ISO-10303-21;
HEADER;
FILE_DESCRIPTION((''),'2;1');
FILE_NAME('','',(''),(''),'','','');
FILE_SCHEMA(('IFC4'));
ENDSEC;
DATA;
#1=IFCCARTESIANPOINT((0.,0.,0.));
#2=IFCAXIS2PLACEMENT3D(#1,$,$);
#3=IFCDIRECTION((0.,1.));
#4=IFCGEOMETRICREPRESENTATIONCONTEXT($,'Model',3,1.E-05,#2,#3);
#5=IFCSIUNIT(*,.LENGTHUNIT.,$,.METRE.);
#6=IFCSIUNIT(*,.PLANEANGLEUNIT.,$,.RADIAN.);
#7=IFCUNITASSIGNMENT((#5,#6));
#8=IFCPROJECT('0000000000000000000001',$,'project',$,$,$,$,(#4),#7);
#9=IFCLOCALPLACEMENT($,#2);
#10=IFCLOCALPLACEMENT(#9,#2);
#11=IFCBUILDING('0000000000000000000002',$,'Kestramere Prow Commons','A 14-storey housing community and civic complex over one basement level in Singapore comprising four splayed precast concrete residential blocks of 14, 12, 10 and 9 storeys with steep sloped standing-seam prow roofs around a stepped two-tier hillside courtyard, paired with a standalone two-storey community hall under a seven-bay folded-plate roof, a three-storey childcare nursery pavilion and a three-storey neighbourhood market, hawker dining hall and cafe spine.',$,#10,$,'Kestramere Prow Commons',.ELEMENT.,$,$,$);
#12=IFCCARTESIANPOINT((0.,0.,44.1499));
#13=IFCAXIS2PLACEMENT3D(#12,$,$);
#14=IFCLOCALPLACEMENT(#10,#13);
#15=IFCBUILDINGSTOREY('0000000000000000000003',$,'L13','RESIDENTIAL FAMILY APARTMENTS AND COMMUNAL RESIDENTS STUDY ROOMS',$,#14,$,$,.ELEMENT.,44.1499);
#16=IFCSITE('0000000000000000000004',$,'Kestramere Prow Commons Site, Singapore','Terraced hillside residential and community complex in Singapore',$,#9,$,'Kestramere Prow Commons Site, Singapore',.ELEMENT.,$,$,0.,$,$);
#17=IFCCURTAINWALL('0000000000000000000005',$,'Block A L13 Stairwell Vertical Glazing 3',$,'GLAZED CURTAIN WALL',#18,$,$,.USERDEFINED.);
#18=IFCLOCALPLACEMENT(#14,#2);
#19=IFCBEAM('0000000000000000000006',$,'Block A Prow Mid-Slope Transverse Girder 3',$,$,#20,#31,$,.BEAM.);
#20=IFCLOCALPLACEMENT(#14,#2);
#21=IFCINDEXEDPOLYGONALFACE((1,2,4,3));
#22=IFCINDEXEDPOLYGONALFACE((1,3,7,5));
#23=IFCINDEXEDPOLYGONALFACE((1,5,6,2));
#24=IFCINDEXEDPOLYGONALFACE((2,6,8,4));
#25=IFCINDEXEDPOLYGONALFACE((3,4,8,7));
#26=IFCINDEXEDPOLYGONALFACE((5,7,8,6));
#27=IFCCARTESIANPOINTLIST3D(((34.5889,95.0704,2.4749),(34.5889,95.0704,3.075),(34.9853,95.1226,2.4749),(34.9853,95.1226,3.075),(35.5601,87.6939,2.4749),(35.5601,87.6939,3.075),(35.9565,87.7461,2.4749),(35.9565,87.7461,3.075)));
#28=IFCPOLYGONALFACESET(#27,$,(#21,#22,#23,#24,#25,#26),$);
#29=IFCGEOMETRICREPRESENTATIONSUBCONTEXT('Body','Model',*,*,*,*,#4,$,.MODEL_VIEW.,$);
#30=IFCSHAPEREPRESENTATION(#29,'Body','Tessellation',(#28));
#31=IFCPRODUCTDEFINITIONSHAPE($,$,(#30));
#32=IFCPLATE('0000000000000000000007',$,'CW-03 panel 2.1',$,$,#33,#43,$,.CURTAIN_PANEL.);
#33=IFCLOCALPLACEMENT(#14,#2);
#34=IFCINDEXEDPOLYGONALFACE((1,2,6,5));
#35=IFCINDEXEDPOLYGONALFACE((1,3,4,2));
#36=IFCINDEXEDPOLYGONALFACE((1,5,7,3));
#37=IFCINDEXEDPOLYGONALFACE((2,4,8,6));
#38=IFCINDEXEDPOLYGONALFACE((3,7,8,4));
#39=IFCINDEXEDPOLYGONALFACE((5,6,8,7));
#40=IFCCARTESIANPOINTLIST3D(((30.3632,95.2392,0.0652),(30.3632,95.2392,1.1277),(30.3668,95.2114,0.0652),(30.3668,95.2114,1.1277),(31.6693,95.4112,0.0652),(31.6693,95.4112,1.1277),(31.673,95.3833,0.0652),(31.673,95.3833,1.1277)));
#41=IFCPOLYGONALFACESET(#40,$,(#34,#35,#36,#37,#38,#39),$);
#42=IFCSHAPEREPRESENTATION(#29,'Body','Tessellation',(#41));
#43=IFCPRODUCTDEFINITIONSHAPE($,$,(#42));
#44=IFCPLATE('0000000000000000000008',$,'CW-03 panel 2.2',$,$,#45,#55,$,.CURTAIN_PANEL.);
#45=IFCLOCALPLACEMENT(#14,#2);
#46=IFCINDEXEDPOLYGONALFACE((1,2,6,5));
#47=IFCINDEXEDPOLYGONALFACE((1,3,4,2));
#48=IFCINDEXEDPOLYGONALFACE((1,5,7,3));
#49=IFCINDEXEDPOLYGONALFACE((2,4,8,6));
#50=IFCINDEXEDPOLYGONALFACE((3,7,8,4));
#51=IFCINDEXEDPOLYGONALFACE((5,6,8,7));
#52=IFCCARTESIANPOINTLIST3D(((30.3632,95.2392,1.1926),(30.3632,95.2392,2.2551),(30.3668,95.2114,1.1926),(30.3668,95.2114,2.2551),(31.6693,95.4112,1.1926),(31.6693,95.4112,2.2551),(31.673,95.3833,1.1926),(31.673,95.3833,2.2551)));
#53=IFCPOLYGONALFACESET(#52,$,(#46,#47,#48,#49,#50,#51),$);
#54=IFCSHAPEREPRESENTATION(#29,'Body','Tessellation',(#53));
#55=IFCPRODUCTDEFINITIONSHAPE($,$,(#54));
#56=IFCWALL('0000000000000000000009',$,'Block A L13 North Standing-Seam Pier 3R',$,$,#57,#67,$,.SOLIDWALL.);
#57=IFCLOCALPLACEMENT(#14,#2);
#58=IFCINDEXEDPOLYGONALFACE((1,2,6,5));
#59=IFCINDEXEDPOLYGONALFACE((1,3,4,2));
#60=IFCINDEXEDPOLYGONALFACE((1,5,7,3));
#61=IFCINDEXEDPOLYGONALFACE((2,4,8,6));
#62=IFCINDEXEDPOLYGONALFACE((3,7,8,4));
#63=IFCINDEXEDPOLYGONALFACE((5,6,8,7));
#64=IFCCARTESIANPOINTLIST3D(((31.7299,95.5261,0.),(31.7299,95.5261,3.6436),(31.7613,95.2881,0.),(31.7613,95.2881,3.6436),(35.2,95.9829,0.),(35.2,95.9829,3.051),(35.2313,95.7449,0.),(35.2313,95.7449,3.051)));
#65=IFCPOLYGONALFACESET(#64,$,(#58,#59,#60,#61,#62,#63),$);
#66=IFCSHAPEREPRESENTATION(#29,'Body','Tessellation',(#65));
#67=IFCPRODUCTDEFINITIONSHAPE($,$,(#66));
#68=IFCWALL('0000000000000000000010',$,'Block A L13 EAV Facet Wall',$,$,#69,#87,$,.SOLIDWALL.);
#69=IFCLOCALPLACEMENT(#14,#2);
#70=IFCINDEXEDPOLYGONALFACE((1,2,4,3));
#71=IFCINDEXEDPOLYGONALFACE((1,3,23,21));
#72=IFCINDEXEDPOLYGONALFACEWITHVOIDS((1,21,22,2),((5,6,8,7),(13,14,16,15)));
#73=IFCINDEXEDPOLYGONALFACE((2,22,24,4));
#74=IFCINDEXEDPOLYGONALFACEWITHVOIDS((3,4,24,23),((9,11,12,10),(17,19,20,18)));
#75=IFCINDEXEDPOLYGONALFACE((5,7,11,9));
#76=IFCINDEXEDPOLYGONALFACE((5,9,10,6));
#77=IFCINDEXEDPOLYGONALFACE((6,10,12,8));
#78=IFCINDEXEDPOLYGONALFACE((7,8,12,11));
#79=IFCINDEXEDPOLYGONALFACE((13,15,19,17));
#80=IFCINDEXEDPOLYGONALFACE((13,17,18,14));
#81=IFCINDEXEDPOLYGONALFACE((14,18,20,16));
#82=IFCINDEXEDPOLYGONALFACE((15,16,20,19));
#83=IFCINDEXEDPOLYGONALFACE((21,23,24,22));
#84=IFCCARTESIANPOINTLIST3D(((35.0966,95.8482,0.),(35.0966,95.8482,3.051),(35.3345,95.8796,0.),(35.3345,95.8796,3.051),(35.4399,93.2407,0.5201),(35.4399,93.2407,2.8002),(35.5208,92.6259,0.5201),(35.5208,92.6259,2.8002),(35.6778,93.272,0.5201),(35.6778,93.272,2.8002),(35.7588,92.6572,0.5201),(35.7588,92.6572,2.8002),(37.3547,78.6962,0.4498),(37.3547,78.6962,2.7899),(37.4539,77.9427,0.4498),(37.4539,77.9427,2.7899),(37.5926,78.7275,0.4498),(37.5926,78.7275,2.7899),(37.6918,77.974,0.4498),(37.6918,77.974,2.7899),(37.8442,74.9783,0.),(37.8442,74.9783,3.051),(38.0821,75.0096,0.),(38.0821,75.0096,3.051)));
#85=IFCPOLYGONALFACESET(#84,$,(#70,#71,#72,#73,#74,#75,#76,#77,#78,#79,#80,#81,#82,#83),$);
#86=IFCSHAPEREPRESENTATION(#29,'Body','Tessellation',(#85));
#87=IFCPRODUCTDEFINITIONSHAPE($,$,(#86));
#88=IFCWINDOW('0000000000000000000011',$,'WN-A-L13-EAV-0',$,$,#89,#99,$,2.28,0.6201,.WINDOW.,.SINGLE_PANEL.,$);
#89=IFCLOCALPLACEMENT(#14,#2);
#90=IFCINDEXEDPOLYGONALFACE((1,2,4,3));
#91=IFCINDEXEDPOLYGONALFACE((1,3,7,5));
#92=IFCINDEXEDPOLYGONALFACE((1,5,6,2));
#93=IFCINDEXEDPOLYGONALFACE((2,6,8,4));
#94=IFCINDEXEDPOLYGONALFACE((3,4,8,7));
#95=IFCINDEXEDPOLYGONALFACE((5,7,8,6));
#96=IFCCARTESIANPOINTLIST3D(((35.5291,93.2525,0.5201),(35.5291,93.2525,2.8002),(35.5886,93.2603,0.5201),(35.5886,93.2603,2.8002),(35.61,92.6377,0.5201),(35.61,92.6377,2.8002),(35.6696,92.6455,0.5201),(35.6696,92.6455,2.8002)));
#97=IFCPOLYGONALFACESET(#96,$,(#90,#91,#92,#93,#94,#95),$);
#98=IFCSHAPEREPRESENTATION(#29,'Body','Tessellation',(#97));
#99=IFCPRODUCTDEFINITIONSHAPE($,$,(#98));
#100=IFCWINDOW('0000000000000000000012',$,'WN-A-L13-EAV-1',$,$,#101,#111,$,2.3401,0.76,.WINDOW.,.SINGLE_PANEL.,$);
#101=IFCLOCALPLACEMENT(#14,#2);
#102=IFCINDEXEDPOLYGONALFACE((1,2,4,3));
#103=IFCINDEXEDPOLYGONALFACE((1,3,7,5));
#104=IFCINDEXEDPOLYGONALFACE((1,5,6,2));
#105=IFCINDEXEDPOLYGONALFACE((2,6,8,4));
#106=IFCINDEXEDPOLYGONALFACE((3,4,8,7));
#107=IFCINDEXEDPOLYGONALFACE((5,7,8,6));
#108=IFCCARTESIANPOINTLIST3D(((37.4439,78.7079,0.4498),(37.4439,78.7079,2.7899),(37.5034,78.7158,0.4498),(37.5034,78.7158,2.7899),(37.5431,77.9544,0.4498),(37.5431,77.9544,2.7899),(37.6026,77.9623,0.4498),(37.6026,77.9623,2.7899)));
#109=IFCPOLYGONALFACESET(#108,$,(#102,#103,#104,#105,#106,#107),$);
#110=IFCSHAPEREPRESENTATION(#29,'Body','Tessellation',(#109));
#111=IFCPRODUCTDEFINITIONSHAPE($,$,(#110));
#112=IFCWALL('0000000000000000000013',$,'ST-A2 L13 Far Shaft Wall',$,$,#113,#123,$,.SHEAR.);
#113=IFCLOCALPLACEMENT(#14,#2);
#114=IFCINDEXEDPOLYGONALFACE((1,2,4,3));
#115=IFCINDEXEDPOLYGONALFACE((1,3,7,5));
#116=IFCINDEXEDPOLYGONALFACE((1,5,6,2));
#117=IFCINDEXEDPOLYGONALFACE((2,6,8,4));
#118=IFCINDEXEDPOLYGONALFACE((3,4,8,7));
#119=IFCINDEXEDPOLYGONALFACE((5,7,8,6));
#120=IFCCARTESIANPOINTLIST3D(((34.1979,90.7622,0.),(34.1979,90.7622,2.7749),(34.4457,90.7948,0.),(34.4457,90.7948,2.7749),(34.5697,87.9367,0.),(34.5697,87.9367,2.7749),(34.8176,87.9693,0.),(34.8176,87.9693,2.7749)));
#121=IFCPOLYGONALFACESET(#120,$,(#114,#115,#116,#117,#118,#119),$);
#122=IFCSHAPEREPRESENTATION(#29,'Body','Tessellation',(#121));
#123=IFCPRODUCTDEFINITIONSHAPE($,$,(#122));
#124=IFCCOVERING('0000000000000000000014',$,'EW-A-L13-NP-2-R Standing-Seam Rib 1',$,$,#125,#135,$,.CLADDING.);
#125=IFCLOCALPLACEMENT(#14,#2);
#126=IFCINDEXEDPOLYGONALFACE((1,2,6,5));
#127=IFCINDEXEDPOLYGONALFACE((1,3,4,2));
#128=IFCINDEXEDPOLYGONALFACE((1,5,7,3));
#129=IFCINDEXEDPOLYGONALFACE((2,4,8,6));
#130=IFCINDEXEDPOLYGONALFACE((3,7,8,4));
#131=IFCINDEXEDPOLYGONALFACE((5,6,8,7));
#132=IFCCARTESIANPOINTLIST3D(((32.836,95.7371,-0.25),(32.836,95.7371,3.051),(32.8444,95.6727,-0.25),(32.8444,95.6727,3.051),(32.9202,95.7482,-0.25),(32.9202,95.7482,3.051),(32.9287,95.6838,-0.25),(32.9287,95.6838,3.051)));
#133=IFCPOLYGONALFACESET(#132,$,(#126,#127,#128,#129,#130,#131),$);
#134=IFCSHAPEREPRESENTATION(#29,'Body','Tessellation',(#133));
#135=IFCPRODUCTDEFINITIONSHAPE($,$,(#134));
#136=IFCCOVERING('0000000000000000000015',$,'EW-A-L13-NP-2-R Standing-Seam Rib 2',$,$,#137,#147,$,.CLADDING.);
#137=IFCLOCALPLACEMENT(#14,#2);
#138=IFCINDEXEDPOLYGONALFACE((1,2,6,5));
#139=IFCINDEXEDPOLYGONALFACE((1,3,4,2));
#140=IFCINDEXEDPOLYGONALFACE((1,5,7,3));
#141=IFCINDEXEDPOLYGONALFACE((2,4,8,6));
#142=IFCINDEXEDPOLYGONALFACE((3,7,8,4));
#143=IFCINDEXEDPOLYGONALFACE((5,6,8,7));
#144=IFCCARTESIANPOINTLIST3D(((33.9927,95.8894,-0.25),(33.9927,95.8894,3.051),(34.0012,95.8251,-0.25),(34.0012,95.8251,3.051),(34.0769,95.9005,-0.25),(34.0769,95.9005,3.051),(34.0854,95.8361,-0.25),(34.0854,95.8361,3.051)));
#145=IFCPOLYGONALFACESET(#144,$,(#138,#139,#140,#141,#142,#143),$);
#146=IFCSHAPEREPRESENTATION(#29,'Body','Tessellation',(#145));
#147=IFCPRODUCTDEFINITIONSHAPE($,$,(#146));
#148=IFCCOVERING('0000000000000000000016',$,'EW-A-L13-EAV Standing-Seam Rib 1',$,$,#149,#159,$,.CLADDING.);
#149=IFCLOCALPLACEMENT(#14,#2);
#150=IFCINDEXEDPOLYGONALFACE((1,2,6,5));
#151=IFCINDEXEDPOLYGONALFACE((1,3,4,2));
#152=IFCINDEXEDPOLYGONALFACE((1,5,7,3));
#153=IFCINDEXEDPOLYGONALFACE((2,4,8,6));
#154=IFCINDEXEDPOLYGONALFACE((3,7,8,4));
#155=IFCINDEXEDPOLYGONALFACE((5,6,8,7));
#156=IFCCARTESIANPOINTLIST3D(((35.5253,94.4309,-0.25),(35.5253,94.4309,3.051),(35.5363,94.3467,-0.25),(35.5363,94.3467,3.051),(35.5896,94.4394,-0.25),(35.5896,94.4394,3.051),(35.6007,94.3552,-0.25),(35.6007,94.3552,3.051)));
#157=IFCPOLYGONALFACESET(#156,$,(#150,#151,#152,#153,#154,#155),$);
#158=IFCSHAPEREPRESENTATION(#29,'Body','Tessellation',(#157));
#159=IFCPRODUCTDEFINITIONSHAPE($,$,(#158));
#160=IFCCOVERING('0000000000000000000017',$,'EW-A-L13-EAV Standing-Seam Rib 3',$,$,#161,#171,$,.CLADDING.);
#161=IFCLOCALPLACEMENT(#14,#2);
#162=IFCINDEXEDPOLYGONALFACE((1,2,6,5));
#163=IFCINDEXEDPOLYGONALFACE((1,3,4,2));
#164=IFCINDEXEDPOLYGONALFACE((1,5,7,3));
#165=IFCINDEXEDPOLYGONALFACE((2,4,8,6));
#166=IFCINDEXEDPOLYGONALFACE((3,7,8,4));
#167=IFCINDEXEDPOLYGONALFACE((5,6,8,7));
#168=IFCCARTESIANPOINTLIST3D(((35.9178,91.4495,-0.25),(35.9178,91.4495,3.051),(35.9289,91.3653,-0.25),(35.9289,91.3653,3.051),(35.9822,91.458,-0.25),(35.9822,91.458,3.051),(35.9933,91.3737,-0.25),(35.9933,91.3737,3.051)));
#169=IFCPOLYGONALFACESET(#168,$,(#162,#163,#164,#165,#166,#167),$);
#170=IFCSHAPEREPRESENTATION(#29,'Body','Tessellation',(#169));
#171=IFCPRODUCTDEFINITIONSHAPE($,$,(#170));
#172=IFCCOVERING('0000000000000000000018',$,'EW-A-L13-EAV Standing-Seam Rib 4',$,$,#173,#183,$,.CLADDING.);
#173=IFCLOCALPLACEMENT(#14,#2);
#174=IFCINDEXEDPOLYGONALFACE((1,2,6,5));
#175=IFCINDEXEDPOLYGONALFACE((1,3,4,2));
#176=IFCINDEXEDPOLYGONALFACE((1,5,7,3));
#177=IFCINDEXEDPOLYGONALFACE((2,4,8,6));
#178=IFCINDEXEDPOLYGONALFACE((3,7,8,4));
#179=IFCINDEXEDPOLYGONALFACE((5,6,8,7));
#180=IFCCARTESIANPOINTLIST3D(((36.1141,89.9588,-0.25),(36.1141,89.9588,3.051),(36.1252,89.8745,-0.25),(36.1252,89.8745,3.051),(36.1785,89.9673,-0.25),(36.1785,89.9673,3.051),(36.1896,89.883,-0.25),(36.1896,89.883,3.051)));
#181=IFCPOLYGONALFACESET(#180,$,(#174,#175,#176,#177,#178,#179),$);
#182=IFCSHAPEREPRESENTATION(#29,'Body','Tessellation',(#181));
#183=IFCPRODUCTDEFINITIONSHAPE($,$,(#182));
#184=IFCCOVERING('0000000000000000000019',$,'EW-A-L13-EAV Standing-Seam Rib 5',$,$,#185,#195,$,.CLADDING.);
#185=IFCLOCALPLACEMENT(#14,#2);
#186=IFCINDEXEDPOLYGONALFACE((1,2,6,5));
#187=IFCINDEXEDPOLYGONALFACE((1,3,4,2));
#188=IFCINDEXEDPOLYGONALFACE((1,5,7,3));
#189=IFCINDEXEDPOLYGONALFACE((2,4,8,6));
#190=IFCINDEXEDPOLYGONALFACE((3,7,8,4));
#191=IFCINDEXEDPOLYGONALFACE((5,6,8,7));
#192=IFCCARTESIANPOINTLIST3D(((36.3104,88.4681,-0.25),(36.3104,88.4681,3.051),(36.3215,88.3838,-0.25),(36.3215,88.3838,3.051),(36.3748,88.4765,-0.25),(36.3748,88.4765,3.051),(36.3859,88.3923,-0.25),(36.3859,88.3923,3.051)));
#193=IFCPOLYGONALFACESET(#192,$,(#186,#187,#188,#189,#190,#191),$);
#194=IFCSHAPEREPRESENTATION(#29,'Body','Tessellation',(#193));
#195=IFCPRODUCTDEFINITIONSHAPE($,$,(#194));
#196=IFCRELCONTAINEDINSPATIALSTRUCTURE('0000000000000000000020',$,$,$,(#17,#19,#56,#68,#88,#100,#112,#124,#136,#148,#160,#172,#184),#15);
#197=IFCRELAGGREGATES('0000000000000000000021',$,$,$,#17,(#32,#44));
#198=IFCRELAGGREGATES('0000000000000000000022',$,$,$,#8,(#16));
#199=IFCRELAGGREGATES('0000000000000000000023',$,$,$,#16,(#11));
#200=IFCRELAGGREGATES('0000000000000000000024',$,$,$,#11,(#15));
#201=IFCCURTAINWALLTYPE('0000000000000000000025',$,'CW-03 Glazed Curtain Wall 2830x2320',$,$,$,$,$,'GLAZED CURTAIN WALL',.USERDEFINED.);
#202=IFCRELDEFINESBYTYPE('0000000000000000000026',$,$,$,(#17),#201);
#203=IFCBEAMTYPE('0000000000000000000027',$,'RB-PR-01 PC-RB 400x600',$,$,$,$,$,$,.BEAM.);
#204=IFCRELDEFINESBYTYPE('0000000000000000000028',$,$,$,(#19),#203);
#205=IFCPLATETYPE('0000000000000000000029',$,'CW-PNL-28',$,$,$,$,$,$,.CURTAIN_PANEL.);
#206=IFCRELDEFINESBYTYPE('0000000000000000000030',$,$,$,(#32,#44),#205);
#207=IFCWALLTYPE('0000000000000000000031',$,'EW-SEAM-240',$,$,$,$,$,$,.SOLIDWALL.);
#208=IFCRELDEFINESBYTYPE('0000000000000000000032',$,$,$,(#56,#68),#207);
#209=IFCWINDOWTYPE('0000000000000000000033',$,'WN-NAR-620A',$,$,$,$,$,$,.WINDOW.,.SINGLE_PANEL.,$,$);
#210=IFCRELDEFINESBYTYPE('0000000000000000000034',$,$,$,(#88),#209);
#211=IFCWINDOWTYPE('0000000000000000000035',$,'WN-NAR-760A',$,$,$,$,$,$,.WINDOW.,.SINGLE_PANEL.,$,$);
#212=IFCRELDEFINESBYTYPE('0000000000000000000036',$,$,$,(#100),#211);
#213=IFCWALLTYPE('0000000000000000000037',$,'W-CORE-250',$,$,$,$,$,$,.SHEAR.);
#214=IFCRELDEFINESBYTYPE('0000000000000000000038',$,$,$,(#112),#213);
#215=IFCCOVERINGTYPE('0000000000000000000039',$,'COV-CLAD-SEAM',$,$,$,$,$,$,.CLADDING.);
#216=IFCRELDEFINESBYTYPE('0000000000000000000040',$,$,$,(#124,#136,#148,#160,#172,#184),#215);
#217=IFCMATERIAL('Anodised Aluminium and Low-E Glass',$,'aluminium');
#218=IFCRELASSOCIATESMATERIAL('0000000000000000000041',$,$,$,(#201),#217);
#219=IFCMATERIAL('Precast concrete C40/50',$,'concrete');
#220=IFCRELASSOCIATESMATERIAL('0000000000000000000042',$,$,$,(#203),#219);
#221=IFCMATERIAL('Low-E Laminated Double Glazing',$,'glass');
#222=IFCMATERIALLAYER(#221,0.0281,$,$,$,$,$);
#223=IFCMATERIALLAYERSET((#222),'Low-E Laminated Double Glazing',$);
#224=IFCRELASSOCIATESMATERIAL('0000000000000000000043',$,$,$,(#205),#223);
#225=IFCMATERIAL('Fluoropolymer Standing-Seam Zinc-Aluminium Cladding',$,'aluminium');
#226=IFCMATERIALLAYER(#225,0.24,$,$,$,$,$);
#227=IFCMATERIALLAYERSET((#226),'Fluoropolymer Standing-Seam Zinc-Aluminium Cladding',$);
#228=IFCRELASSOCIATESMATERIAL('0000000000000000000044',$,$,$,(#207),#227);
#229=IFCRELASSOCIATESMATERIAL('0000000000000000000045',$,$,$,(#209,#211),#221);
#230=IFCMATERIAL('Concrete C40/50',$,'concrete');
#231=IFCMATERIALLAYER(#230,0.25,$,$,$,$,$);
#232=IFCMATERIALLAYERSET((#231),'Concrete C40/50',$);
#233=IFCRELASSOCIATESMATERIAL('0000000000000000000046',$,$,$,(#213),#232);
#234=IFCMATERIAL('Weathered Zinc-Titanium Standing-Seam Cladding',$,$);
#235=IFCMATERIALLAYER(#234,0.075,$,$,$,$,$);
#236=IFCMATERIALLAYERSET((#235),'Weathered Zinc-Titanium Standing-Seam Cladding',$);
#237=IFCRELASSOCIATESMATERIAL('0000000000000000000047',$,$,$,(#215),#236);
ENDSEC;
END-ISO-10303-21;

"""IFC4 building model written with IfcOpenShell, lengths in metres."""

from ifc_helpers import new_model, si_unit, direction, frame, frame_2d, origin, origin_2d, place, context, subcontext, project, spatial, polyline, rectangle, outline, extrude, material, layer, layer_set, material_profile, profile_set, type_object, element, fill, aggregate, save


model = new_model("IFC4")

# Units and contexts
model_context = context("Model", 3, precision=1e-05, world=origin(), true_north=direction((0.0, 1.0)))
body_context = subcontext(model_context, "Body", "Model", "MODEL_VIEW")
ifc_project = project(units=[si_unit("LENGTHUNIT", "METRE"), si_unit("PLANEANGLEUNIT", "RADIAN")], contexts=[model_context])

# Site, building, storey
site_placement = place(None, origin())
site = spatial("IfcSite", under=ifc_project, at=site_placement, Name="Kestramere Prow Commons Site, Singapore", Description="Terraced hillside residential and community complex in Singapore", LongName="Kestramere Prow Commons Site, Singapore", CompositionType="ELEMENT", RefElevation=0.0)
building_placement = place(site_placement, origin())
building = spatial("IfcBuilding", under=site, at=building_placement, Name="Kestramere Prow Commons", Description="A 14-storey housing community and civic complex over one basement level in Singapore comprising four splayed precast concrete residential blocks of 14, 12, 10 and 9 storeys with steep sloped standing-seam prow roofs around a stepped two-tier hillside courtyard, paired with a standalone two-storey community hall under a seven-bay folded-plate roof, a three-storey childcare nursery pavilion and a three-storey neighbourhood market, hawker dining hall and cafe spine.", LongName="Kestramere Prow Commons", CompositionType="ELEMENT")
storey_placement = place(building_placement, frame((0.0, 0.0, 44.1499)))
storey = spatial("IfcBuildingStorey", under=building, at=storey_placement, Name="L13", Description="RESIDENTIAL FAMILY APARTMENTS AND COMMUNAL RESIDENTS STUDY ROOMS", CompositionType="ELEMENT", Elevation=44.1499)

# Shared definitions
ifc_material_1 = material(Name="Precast concrete C40/50", Category="concrete")

# Curtain wall
ifc_material_2 = material(Name="Anodised Aluminium and Low-E Glass", Category="aluminium")
curtain_wall_type = type_object("IfcCurtainWallType", Name="CW-03 Glazed Curtain Wall 2830x2320", ElementType="GLAZED CURTAIN WALL", PredefinedType="USERDEFINED", material=ifc_material_2)
curtain_wall_placement = place(storey_placement, origin())
curtain_wall = element("IfcCurtainWall", 1, at=curtain_wall_placement, inside=storey, type_object=curtain_wall_type, Name="Block A L13 Stairwell Vertical Glazing 3", ObjectType="GLAZED CURTAIN WALL", PredefinedType="USERDEFINED")

# Beam
ifc_material_profile_1 = material_profile(ifc_material_1, rectangle(XDim=0.3999, YDim=0.6001, at=origin_2d()), Name="PC-RB 400x600")
ifc_profile_set_1 = profile_set([ifc_material_profile_1], Name="Precast concrete C40/50")
beam_type = type_object("IfcBeamType", Name="RB-PR-01 PC-RB 400x600", PredefinedType="BEAM", material=ifc_profile_set_1)
beam_placement = place(storey_placement, frame((35.7583, 87.72, 2.7749), z_axis=(-0.130534, 0.991444, 0.0), x_axis=(-0.991444, -0.130534, 0.0)))
element("IfcBeam", 2, at=beam_placement, inside=storey, type_object=beam_type, Name="Block A Prow Mid-Slope Transverse Girder 3", PredefinedType="BEAM", context=body_context, shape_type="SweptSolid", body=[
    extrude(rectangle(XDim=0.3999, YDim=0.6001, at=origin_2d()), origin(), (0.0, 0.0, 1.0), 7.4402),
])

# Plates
ifc_material_3 = material(Name="Low-E Laminated Double Glazing", Category="glass")
ifc_layer_1 = layer(ifc_material_3, 0.0281)
ifc_layer_set_1 = layer_set([ifc_layer_1], Name="Low-E Laminated Double Glazing")
plate_type = type_object("IfcPlateType", Name="CW-PNL-28", PredefinedType="CURTAIN_PANEL", material=ifc_layer_set_1)
plate_1_placement = place(storey_placement, frame((31.0181, 95.3113, 0.0652), z_axis=(0.0, 0.0, 1.0), x_axis=(0.991445, 0.130526, 0.0)))
plate_1 = element("IfcPlate", 3, at=plate_1_placement, type_object=plate_type, Name="CW-03 panel 2.1", PredefinedType="CURTAIN_PANEL", context=body_context, shape_type="SweptSolid", body=[
    extrude(rectangle(XDim=1.3174, YDim=0.0281, at=origin_2d()), origin(), (0.0, 0.0, 1.0), 1.0625),
])
plate_2_placement = place(storey_placement, frame((31.0181, 95.3113, 1.1926), z_axis=(0.0, 0.0, 1.0), x_axis=(0.991445, 0.130526, 0.0)))
plate_2 = element("IfcPlate", 4, at=plate_2_placement, type_object=plate_type, Name="CW-03 panel 2.2", PredefinedType="CURTAIN_PANEL", context=body_context, shape_type="SweptSolid", body=[
    extrude(rectangle(XDim=1.3174, YDim=0.0281, at=origin_2d()), origin(), (0.0, 0.0, 1.0), 1.0625),
])
aggregate(curtain_wall, [plate_1, plate_2])

# Wall
ifc_material_4 = material(Name="Fluoropolymer Standing-Seam Zinc-Aluminium Cladding", Category="aluminium")
ifc_layer_2 = layer(ifc_material_4, 0.24)
ifc_layer_set_2 = layer_set([ifc_layer_2], Name="Fluoropolymer Standing-Seam Zinc-Aluminium Cladding")
wall_type_1 = type_object("IfcWallType", Name="EW-SEAM-240", PredefinedType="SOLIDWALL", material=ifc_layer_set_2)
wall_1_placement = place(storey_placement, frame((31.7456, 95.407, 0.0), z_axis=(0.0, 0.0, 1.0), x_axis=(0.991446, 0.130514, 0.0)))
element("IfcWall", 5, at=wall_1_placement, inside=storey, type_object=wall_type_1, Name="Block A L13 North Standing-Seam Pier 3R", PredefinedType="SOLIDWALL", context=body_context, shape_type="SweptSolid", body=[
    extrude(outline(polyline([(0.0, 0.0), (3.5, 0.0), (3.5, 3.051), (0.0, 3.6436), (0.0, 0.0)])), frame((0.0, 0.1201, 0.0), z_axis=(0.0, -1.0, 0.0), x_axis=(1.0, 0.0, 0.0)), (0.0, 0.0, 1.0), 0.24),
])

# Wall, openings, windows
wall_2_placement = place(storey_placement, frame((35.2156, 95.8638, 0.0), z_axis=(0.0, 0.0, 1.0), x_axis=(0.130526, -0.991445, 0.0)))
wall_2 = element("IfcWall", 6, at=wall_2_placement, inside=storey, type_object=wall_type_1, Name="Block A L13 EAV Facet Wall", PredefinedType="SOLIDWALL", context=body_context, shape_type="SweptSolid", body=[
    extrude(rectangle(XDim=21.05, YDim=0.24, at=frame_2d((10.5249, 0.0))), origin(), (0.0, 0.0, 1.0), 3.051),
])
opening_1_placement = place(wall_2_placement, frame((2.6299, 0.0, 0.52)))
opening_1 = element("IfcOpeningElement", 7, at=opening_1_placement, cuts=wall_2, PredefinedType="OPENING", context=body_context, shape_type="SweptSolid", body=[
    extrude(rectangle(XDim=0.6201, YDim=2.28, at=frame_2d((0.3101, 1.1401))), frame((0.0, 0.135, 0.0), z_axis=(0.0, -1.0, 0.0), x_axis=(1.0, 0.0, 0.0)), (0.0, 0.0, 1.0), 0.27),
])
opening_2_placement = place(wall_2_placement, frame((17.3, 0.0, 0.45)))
opening_2 = element("IfcOpeningElement", 8, at=opening_2_placement, cuts=wall_2, PredefinedType="OPENING", context=body_context, shape_type="SweptSolid", body=[
    extrude(rectangle(XDim=0.76, YDim=2.3401, at=frame_2d((0.3799, 1.1699))), frame((0.0, 0.135, 0.0), z_axis=(0.0, -1.0, 0.0), x_axis=(1.0, 0.0, 0.0)), (0.0, 0.0, 1.0), 0.27),
])
window_type_1 = type_object("IfcWindowType", Name="WN-NAR-620A", PartitioningType="SINGLE_PANEL", PredefinedType="WINDOW", material=ifc_material_3)
window_1_placement = place(opening_1_placement, origin())
window_1 = element("IfcWindow", 9, at=window_1_placement, inside=storey, type_object=window_type_1, Name="WN-A-L13-EAV-0", OverallHeight=2.28, OverallWidth=0.6201, PartitioningType="SINGLE_PANEL", PredefinedType="WINDOW", context=body_context, shape_type="SweptSolid", body=[
    extrude(rectangle(XDim=0.6201, YDim=2.28, at=frame_2d((0.3101, 1.1401))), frame((0.0, 0.03, 0.0), z_axis=(0.0, -1.0, 0.0), x_axis=(1.0, 0.0, 0.0)), (0.0, 0.0, 1.0), 0.0601),
])
fill(opening_1, window_1)
window_type_2 = type_object("IfcWindowType", Name="WN-NAR-760A", PartitioningType="SINGLE_PANEL", PredefinedType="WINDOW", material=ifc_material_3)
window_2_placement = place(opening_2_placement, origin())
window_2 = element("IfcWindow", 10, at=window_2_placement, inside=storey, type_object=window_type_2, Name="WN-A-L13-EAV-1", OverallHeight=2.3401, OverallWidth=0.76, PartitioningType="SINGLE_PANEL", PredefinedType="WINDOW", context=body_context, shape_type="SweptSolid", body=[
    extrude(rectangle(XDim=0.76, YDim=2.3401, at=frame_2d((0.3799, 1.1699))), frame((0.0, 0.03, 0.0), z_axis=(0.0, -1.0, 0.0), x_axis=(1.0, 0.0, 0.0)), (0.0, 0.0, 1.0), 0.0601),
])
fill(opening_2, window_2)

# Wall
ifc_material_5 = material(Name="Concrete C40/50", Category="concrete")
ifc_layer_3 = layer(ifc_material_5, 0.25)
ifc_layer_set_3 = layer_set([ifc_layer_3], Name="Concrete C40/50")
wall_type_2 = type_object("IfcWallType", Name="W-CORE-250", PredefinedType="SHEAR", material=ifc_layer_set_3)
wall_3_placement = place(storey_placement, frame((34.6936, 87.9531, 0.0), z_axis=(0.0, 0.0, 1.0), x_axis=(-0.130474, 0.991452, 0.0)))
element("IfcWall", 11, at=wall_3_placement, inside=storey, type_object=wall_type_2, Name="ST-A2 L13 Far Shaft Wall", PredefinedType="SHEAR", context=body_context, shape_type="SweptSolid", body=[
    extrude(rectangle(XDim=2.8499, YDim=0.25, at=frame_2d((1.4248, 0.0))), origin(), (0.0, 0.0, 1.0), 2.7749),
])

# Coverings
ifc_material_6 = material(Name="Weathered Zinc-Titanium Standing-Seam Cladding")
ifc_layer_4 = layer(ifc_material_6, 0.075)
ifc_layer_set_4 = layer_set([ifc_layer_4], Name="Weathered Zinc-Titanium Standing-Seam Cladding")
covering_type = type_object("IfcCoveringType", Name="COV-CLAD-SEAM", PredefinedType="CLADDING", material=ifc_layer_set_4)
for number, where, z_axis, x_axis, name in (
    (12, (32.8823, 95.7104, -0.25), (0.0, 0.0, 1.0), (0.991445, 0.130526, 0.0), "EW-A-L13-NP-2-R Standing-Seam Rib 1"),
    (13, (34.0391, 95.8628, -0.25), (0.0, 0.0, 1.0), (0.991445, 0.130526, 0.0), "EW-A-L13-NP-2-R Standing-Seam Rib 2"),
    (14, (35.563, 94.3931, -0.25), (0.0, 0.0, 1.0), (0.130526, -0.991445, 0.0), "EW-A-L13-EAV Standing-Seam Rib 1"),
    (15, (35.9556, 91.4116, -0.25), (0.0, 0.0, 1.0), (0.130526, -0.991445, 0.0), "EW-A-L13-EAV Standing-Seam Rib 3"),
    (16, (36.1519, 89.9209, -0.25), (0.0, 0.0, 1.0), (0.130526, -0.991445, 0.0), "EW-A-L13-EAV Standing-Seam Rib 4"),
    (17, (36.3481, 88.4302, -0.25), (0.0, 0.0, 1.0), (0.130526, -0.991445, 0.0), "EW-A-L13-EAV Standing-Seam Rib 5"),
):
    element("IfcCovering", number, at=place(storey_placement, frame(where, z_axis=z_axis, x_axis=x_axis)), inside=storey, type_object=covering_type, Name=name, PredefinedType="CLADDING", context=body_context, shape_type="SweptSolid", body=[
        extrude(rectangle(XDim=0.085, YDim=0.0649, at=origin_2d()), origin(), (0.0, 0.0, 1.0), 3.301),
    ])

save(model, "model.ifc")
